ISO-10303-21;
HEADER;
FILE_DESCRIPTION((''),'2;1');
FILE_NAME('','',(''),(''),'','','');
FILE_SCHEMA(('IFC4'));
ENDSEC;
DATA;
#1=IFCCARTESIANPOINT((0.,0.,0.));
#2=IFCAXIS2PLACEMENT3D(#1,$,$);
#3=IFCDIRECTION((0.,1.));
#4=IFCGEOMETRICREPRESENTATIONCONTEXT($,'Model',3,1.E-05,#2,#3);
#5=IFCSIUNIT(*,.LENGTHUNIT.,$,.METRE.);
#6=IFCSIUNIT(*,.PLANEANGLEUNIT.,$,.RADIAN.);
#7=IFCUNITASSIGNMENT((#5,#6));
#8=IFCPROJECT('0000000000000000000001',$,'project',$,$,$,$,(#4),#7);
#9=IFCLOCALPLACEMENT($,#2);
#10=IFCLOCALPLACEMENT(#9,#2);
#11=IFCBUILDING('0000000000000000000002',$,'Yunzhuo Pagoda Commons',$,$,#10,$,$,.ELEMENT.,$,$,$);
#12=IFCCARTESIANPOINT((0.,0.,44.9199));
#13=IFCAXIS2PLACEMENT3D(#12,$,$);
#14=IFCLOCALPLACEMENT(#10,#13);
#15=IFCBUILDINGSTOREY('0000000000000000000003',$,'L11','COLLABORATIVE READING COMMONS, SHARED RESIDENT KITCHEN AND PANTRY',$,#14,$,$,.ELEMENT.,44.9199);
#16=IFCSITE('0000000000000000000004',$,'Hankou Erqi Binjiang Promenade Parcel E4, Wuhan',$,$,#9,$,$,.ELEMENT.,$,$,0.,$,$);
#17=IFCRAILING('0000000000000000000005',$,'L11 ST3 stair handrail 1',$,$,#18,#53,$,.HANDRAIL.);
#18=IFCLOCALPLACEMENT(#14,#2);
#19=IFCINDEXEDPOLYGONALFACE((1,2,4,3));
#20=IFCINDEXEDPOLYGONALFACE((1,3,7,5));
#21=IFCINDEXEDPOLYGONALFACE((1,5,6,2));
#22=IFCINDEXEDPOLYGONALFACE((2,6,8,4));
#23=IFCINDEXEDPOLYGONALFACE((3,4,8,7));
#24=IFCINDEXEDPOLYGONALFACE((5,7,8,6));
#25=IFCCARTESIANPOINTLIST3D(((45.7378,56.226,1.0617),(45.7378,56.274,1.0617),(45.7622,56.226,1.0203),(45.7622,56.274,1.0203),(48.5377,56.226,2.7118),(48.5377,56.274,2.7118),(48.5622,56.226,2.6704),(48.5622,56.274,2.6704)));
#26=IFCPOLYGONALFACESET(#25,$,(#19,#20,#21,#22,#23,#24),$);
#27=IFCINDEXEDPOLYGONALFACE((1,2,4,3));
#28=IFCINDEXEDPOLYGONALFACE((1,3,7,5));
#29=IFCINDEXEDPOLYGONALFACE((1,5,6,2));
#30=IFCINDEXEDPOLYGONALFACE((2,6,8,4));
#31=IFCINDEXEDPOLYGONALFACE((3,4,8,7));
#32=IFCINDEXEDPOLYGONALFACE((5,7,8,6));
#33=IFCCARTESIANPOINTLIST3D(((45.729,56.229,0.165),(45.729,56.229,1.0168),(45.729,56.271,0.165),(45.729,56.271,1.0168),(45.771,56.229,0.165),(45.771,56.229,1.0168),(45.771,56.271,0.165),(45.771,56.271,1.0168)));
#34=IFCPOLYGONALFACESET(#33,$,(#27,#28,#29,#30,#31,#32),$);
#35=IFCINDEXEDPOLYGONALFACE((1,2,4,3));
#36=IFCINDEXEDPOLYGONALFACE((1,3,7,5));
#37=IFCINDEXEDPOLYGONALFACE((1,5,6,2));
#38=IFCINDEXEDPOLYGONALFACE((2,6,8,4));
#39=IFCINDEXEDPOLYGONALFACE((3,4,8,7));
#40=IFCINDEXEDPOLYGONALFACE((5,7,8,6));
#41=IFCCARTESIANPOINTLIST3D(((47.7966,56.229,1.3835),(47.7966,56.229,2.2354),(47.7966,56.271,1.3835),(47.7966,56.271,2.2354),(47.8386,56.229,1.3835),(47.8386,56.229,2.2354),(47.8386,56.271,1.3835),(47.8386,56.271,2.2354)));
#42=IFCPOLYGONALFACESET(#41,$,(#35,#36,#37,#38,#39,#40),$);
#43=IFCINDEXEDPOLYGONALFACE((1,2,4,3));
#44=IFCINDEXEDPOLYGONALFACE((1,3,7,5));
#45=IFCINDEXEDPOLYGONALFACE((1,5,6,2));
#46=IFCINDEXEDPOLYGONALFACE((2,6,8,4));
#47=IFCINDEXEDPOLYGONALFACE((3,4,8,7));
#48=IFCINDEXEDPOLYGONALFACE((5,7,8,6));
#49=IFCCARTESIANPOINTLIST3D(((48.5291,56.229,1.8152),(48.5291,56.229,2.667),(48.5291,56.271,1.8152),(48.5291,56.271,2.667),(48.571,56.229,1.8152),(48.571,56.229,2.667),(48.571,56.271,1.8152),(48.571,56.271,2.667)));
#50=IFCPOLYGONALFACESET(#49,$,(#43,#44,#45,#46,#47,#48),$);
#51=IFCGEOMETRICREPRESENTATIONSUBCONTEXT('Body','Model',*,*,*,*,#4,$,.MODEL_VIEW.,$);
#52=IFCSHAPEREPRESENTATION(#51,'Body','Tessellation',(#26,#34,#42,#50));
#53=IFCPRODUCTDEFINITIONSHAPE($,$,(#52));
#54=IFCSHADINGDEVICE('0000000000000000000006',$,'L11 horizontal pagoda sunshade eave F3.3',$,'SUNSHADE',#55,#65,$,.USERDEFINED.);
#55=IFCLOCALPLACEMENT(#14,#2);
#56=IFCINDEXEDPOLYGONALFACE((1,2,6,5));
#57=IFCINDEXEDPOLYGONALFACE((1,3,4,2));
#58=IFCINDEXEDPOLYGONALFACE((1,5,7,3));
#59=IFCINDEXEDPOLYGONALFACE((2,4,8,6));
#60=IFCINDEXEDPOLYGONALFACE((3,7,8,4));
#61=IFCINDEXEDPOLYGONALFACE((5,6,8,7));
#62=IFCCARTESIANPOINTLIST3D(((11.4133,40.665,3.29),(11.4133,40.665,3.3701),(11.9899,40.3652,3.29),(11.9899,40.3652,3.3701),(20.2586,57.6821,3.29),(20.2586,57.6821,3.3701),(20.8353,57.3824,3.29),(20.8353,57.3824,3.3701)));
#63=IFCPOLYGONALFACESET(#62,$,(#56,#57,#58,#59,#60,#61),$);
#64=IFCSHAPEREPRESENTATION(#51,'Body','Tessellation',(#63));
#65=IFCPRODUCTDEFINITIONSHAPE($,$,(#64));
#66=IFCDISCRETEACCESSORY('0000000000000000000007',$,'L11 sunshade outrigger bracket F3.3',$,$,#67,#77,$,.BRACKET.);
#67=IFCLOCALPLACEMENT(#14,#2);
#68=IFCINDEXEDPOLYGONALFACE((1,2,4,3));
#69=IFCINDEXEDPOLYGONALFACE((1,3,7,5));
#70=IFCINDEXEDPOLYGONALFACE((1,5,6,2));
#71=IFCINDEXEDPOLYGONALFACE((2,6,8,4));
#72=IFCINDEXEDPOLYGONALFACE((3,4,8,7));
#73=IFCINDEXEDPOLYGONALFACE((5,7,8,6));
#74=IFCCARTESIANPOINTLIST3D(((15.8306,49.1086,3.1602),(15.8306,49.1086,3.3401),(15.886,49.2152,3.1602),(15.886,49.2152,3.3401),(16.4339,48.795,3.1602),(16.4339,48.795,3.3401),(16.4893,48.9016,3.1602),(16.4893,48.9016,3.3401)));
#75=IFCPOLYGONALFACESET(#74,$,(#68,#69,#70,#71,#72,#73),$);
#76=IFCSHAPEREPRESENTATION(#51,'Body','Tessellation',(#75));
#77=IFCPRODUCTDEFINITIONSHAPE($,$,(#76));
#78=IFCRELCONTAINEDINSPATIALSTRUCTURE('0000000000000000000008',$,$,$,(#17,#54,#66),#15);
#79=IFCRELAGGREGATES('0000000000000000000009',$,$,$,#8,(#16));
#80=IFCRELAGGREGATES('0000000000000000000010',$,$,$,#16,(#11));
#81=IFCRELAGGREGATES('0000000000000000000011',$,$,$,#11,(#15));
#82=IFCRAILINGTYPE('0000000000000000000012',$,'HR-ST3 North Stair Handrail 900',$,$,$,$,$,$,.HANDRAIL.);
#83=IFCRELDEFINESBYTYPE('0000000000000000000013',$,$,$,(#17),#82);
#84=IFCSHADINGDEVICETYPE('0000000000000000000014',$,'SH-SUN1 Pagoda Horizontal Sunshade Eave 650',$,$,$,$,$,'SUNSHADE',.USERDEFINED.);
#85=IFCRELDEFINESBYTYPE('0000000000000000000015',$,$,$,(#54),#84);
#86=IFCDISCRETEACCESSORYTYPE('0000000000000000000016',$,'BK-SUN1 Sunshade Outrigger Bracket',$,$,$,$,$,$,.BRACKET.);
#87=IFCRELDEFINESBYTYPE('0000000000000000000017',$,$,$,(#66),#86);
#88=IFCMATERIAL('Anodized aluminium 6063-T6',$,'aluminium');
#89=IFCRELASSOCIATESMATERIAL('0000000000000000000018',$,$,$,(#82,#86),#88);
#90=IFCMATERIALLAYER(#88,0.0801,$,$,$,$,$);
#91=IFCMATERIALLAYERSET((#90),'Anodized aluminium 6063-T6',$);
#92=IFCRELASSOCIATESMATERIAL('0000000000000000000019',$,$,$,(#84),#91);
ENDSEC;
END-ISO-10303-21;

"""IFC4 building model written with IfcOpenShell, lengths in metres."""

from ifc_helpers import new_model, si_unit, direction, frame, origin, origin_2d, place, context, subcontext, project, spatial, rectangle, extrude, source, transform, mapped, material, layer, layer_set, type_object, element, save


model = new_model("IFC4")

# Units and contexts
model_context = context("Model", 3, precision=1e-05, world=origin(), true_north=direction((0.0, 1.0)))
body_context = subcontext(model_context, "Body", "Model", "MODEL_VIEW")
ifc_project = project(units=[si_unit("LENGTHUNIT", "METRE"), si_unit("PLANEANGLEUNIT", "RADIAN")], contexts=[model_context])

# Site, building, storey
site_placement = place(None, origin())
site = spatial("IfcSite", under=ifc_project, at=site_placement, Name="Hankou Erqi Binjiang Promenade Parcel E4, Wuhan", CompositionType="ELEMENT", RefElevation=0.0)
building_placement = place(site_placement, origin())
building = spatial("IfcBuilding", under=site, at=building_placement, Name="Yunzhuo Pagoda Commons", CompositionType="ELEMENT")
storey_placement = place(building_placement, frame((0.0, 0.0, 44.9199)))
storey = spatial("IfcBuildingStorey", under=building, at=storey_placement, Name="L11", Description="COLLABORATIVE READING COMMONS, SHARED RESIDENT KITCHEN AND PANTRY", CompositionType="ELEMENT", Elevation=44.9199)

# Shared definitions
ifc_material_1 = material(Name="Anodized aluminium 6063-T6", Category="aluminium")

# Railing
railing_type_1 = type_object("IfcRailingType", Name="HR-ST3 North Stair Handrail 900", PredefinedType="HANDRAIL", material=ifc_material_1)
railing_1_placement = place(storey_placement, frame((45.75, 56.25, 0.165)))
element("IfcRailing", 1, at=railing_1_placement, inside=storey, type_object=railing_type_1, Name="L11 ST3 stair handrail 1", PredefinedType="HANDRAIL", context=body_context, shape_type="SweptSolid", body=[
    extrude(rectangle(XDim=0.0481, YDim=0.0481, at=origin_2d()), frame((0.0, 0.0, 0.876), z_axis=(0.861523, 0.0, 0.507719), x_axis=(0.0, 1.0, 0.0)), (0.0, 0.0, 1.0), 3.25),
    extrude(rectangle(XDim=0.042, YDim=0.042, at=origin_2d()), origin(), (0.0, 0.0, 1.0), 0.8518),
    extrude(rectangle(XDim=0.042, YDim=0.042, at=origin_2d()), frame((2.0676, 0.0, 1.2185)), (0.0, 0.0, 1.0), 0.8518),
    extrude(rectangle(XDim=0.042, YDim=0.042, at=origin_2d()), frame((2.8, 0.0, 1.6501)), (0.0, 0.0, 1.0), 0.8518),
])

# Shading device
ifc_layer_1 = layer(ifc_material_1, 0.0801)
ifc_layer_set_1 = layer_set([ifc_layer_1], Name="Anodized aluminium 6063-T6")
shading_device_type = type_object("IfcShadingDeviceType", Name="SH-SUN1 Pagoda Horizontal Sunshade Eave 650", ElementType="SUNSHADE", PredefinedType="USERDEFINED", material=ifc_layer_set_1)
shared_shape_1 = source(origin(), body_context, "Body", "SweptSolid", [
    extrude(rectangle(XDim=19.1787, YDim=0.6499, at=origin_2d()), origin(), (0.0, 0.0, 1.0), 0.0801),
])
shading_device_placement = place(storey_placement, frame((16.1243, 49.0237, 3.29), z_axis=(0.0, 0.0, 1.0), x_axis=(-0.461207, -0.887293, 0.0)))
element("IfcShadingDevice", 2, at=shading_device_placement, inside=storey, type_object=shading_device_type, Name="L11 horizontal pagoda sunshade eave F3.3", ObjectType="SUNSHADE", PredefinedType="USERDEFINED", context=body_context, shape_type="MappedRepresentation", body=[
    mapped(shared_shape_1, transform((0.0, 0.0, 0.0), scale=1.0)),
])

# Discrete accessory
discrete_accessory_type = type_object("IfcDiscreteAccessoryType", Name="BK-SUN1 Sunshade Outrigger Bracket", PredefinedType="BRACKET", material=ifc_material_1)
shared_shape_2 = source(origin(), body_context, "Body", "SweptSolid", [
    extrude(rectangle(XDim=0.1201, YDim=0.6799, at=origin_2d()), origin(), (0.0, 0.0, 1.0), 0.1799),
])
discrete_accessory_placement = place(storey_placement, frame((16.1599, 49.0051, 3.1602), z_axis=(0.0, 0.0, 1.0), x_axis=(-0.461207, -0.887293, 0.0)))
element("IfcDiscreteAccessory", 3, at=discrete_accessory_placement, inside=storey, type_object=discrete_accessory_type, Name="L11 sunshade outrigger bracket F3.3", PredefinedType="BRACKET", context=body_context, shape_type="MappedRepresentation", body=[
    mapped(shared_shape_2, transform((0.0, 0.0, 0.0), scale=1.0)),
])

save(model, "model.ifc")
